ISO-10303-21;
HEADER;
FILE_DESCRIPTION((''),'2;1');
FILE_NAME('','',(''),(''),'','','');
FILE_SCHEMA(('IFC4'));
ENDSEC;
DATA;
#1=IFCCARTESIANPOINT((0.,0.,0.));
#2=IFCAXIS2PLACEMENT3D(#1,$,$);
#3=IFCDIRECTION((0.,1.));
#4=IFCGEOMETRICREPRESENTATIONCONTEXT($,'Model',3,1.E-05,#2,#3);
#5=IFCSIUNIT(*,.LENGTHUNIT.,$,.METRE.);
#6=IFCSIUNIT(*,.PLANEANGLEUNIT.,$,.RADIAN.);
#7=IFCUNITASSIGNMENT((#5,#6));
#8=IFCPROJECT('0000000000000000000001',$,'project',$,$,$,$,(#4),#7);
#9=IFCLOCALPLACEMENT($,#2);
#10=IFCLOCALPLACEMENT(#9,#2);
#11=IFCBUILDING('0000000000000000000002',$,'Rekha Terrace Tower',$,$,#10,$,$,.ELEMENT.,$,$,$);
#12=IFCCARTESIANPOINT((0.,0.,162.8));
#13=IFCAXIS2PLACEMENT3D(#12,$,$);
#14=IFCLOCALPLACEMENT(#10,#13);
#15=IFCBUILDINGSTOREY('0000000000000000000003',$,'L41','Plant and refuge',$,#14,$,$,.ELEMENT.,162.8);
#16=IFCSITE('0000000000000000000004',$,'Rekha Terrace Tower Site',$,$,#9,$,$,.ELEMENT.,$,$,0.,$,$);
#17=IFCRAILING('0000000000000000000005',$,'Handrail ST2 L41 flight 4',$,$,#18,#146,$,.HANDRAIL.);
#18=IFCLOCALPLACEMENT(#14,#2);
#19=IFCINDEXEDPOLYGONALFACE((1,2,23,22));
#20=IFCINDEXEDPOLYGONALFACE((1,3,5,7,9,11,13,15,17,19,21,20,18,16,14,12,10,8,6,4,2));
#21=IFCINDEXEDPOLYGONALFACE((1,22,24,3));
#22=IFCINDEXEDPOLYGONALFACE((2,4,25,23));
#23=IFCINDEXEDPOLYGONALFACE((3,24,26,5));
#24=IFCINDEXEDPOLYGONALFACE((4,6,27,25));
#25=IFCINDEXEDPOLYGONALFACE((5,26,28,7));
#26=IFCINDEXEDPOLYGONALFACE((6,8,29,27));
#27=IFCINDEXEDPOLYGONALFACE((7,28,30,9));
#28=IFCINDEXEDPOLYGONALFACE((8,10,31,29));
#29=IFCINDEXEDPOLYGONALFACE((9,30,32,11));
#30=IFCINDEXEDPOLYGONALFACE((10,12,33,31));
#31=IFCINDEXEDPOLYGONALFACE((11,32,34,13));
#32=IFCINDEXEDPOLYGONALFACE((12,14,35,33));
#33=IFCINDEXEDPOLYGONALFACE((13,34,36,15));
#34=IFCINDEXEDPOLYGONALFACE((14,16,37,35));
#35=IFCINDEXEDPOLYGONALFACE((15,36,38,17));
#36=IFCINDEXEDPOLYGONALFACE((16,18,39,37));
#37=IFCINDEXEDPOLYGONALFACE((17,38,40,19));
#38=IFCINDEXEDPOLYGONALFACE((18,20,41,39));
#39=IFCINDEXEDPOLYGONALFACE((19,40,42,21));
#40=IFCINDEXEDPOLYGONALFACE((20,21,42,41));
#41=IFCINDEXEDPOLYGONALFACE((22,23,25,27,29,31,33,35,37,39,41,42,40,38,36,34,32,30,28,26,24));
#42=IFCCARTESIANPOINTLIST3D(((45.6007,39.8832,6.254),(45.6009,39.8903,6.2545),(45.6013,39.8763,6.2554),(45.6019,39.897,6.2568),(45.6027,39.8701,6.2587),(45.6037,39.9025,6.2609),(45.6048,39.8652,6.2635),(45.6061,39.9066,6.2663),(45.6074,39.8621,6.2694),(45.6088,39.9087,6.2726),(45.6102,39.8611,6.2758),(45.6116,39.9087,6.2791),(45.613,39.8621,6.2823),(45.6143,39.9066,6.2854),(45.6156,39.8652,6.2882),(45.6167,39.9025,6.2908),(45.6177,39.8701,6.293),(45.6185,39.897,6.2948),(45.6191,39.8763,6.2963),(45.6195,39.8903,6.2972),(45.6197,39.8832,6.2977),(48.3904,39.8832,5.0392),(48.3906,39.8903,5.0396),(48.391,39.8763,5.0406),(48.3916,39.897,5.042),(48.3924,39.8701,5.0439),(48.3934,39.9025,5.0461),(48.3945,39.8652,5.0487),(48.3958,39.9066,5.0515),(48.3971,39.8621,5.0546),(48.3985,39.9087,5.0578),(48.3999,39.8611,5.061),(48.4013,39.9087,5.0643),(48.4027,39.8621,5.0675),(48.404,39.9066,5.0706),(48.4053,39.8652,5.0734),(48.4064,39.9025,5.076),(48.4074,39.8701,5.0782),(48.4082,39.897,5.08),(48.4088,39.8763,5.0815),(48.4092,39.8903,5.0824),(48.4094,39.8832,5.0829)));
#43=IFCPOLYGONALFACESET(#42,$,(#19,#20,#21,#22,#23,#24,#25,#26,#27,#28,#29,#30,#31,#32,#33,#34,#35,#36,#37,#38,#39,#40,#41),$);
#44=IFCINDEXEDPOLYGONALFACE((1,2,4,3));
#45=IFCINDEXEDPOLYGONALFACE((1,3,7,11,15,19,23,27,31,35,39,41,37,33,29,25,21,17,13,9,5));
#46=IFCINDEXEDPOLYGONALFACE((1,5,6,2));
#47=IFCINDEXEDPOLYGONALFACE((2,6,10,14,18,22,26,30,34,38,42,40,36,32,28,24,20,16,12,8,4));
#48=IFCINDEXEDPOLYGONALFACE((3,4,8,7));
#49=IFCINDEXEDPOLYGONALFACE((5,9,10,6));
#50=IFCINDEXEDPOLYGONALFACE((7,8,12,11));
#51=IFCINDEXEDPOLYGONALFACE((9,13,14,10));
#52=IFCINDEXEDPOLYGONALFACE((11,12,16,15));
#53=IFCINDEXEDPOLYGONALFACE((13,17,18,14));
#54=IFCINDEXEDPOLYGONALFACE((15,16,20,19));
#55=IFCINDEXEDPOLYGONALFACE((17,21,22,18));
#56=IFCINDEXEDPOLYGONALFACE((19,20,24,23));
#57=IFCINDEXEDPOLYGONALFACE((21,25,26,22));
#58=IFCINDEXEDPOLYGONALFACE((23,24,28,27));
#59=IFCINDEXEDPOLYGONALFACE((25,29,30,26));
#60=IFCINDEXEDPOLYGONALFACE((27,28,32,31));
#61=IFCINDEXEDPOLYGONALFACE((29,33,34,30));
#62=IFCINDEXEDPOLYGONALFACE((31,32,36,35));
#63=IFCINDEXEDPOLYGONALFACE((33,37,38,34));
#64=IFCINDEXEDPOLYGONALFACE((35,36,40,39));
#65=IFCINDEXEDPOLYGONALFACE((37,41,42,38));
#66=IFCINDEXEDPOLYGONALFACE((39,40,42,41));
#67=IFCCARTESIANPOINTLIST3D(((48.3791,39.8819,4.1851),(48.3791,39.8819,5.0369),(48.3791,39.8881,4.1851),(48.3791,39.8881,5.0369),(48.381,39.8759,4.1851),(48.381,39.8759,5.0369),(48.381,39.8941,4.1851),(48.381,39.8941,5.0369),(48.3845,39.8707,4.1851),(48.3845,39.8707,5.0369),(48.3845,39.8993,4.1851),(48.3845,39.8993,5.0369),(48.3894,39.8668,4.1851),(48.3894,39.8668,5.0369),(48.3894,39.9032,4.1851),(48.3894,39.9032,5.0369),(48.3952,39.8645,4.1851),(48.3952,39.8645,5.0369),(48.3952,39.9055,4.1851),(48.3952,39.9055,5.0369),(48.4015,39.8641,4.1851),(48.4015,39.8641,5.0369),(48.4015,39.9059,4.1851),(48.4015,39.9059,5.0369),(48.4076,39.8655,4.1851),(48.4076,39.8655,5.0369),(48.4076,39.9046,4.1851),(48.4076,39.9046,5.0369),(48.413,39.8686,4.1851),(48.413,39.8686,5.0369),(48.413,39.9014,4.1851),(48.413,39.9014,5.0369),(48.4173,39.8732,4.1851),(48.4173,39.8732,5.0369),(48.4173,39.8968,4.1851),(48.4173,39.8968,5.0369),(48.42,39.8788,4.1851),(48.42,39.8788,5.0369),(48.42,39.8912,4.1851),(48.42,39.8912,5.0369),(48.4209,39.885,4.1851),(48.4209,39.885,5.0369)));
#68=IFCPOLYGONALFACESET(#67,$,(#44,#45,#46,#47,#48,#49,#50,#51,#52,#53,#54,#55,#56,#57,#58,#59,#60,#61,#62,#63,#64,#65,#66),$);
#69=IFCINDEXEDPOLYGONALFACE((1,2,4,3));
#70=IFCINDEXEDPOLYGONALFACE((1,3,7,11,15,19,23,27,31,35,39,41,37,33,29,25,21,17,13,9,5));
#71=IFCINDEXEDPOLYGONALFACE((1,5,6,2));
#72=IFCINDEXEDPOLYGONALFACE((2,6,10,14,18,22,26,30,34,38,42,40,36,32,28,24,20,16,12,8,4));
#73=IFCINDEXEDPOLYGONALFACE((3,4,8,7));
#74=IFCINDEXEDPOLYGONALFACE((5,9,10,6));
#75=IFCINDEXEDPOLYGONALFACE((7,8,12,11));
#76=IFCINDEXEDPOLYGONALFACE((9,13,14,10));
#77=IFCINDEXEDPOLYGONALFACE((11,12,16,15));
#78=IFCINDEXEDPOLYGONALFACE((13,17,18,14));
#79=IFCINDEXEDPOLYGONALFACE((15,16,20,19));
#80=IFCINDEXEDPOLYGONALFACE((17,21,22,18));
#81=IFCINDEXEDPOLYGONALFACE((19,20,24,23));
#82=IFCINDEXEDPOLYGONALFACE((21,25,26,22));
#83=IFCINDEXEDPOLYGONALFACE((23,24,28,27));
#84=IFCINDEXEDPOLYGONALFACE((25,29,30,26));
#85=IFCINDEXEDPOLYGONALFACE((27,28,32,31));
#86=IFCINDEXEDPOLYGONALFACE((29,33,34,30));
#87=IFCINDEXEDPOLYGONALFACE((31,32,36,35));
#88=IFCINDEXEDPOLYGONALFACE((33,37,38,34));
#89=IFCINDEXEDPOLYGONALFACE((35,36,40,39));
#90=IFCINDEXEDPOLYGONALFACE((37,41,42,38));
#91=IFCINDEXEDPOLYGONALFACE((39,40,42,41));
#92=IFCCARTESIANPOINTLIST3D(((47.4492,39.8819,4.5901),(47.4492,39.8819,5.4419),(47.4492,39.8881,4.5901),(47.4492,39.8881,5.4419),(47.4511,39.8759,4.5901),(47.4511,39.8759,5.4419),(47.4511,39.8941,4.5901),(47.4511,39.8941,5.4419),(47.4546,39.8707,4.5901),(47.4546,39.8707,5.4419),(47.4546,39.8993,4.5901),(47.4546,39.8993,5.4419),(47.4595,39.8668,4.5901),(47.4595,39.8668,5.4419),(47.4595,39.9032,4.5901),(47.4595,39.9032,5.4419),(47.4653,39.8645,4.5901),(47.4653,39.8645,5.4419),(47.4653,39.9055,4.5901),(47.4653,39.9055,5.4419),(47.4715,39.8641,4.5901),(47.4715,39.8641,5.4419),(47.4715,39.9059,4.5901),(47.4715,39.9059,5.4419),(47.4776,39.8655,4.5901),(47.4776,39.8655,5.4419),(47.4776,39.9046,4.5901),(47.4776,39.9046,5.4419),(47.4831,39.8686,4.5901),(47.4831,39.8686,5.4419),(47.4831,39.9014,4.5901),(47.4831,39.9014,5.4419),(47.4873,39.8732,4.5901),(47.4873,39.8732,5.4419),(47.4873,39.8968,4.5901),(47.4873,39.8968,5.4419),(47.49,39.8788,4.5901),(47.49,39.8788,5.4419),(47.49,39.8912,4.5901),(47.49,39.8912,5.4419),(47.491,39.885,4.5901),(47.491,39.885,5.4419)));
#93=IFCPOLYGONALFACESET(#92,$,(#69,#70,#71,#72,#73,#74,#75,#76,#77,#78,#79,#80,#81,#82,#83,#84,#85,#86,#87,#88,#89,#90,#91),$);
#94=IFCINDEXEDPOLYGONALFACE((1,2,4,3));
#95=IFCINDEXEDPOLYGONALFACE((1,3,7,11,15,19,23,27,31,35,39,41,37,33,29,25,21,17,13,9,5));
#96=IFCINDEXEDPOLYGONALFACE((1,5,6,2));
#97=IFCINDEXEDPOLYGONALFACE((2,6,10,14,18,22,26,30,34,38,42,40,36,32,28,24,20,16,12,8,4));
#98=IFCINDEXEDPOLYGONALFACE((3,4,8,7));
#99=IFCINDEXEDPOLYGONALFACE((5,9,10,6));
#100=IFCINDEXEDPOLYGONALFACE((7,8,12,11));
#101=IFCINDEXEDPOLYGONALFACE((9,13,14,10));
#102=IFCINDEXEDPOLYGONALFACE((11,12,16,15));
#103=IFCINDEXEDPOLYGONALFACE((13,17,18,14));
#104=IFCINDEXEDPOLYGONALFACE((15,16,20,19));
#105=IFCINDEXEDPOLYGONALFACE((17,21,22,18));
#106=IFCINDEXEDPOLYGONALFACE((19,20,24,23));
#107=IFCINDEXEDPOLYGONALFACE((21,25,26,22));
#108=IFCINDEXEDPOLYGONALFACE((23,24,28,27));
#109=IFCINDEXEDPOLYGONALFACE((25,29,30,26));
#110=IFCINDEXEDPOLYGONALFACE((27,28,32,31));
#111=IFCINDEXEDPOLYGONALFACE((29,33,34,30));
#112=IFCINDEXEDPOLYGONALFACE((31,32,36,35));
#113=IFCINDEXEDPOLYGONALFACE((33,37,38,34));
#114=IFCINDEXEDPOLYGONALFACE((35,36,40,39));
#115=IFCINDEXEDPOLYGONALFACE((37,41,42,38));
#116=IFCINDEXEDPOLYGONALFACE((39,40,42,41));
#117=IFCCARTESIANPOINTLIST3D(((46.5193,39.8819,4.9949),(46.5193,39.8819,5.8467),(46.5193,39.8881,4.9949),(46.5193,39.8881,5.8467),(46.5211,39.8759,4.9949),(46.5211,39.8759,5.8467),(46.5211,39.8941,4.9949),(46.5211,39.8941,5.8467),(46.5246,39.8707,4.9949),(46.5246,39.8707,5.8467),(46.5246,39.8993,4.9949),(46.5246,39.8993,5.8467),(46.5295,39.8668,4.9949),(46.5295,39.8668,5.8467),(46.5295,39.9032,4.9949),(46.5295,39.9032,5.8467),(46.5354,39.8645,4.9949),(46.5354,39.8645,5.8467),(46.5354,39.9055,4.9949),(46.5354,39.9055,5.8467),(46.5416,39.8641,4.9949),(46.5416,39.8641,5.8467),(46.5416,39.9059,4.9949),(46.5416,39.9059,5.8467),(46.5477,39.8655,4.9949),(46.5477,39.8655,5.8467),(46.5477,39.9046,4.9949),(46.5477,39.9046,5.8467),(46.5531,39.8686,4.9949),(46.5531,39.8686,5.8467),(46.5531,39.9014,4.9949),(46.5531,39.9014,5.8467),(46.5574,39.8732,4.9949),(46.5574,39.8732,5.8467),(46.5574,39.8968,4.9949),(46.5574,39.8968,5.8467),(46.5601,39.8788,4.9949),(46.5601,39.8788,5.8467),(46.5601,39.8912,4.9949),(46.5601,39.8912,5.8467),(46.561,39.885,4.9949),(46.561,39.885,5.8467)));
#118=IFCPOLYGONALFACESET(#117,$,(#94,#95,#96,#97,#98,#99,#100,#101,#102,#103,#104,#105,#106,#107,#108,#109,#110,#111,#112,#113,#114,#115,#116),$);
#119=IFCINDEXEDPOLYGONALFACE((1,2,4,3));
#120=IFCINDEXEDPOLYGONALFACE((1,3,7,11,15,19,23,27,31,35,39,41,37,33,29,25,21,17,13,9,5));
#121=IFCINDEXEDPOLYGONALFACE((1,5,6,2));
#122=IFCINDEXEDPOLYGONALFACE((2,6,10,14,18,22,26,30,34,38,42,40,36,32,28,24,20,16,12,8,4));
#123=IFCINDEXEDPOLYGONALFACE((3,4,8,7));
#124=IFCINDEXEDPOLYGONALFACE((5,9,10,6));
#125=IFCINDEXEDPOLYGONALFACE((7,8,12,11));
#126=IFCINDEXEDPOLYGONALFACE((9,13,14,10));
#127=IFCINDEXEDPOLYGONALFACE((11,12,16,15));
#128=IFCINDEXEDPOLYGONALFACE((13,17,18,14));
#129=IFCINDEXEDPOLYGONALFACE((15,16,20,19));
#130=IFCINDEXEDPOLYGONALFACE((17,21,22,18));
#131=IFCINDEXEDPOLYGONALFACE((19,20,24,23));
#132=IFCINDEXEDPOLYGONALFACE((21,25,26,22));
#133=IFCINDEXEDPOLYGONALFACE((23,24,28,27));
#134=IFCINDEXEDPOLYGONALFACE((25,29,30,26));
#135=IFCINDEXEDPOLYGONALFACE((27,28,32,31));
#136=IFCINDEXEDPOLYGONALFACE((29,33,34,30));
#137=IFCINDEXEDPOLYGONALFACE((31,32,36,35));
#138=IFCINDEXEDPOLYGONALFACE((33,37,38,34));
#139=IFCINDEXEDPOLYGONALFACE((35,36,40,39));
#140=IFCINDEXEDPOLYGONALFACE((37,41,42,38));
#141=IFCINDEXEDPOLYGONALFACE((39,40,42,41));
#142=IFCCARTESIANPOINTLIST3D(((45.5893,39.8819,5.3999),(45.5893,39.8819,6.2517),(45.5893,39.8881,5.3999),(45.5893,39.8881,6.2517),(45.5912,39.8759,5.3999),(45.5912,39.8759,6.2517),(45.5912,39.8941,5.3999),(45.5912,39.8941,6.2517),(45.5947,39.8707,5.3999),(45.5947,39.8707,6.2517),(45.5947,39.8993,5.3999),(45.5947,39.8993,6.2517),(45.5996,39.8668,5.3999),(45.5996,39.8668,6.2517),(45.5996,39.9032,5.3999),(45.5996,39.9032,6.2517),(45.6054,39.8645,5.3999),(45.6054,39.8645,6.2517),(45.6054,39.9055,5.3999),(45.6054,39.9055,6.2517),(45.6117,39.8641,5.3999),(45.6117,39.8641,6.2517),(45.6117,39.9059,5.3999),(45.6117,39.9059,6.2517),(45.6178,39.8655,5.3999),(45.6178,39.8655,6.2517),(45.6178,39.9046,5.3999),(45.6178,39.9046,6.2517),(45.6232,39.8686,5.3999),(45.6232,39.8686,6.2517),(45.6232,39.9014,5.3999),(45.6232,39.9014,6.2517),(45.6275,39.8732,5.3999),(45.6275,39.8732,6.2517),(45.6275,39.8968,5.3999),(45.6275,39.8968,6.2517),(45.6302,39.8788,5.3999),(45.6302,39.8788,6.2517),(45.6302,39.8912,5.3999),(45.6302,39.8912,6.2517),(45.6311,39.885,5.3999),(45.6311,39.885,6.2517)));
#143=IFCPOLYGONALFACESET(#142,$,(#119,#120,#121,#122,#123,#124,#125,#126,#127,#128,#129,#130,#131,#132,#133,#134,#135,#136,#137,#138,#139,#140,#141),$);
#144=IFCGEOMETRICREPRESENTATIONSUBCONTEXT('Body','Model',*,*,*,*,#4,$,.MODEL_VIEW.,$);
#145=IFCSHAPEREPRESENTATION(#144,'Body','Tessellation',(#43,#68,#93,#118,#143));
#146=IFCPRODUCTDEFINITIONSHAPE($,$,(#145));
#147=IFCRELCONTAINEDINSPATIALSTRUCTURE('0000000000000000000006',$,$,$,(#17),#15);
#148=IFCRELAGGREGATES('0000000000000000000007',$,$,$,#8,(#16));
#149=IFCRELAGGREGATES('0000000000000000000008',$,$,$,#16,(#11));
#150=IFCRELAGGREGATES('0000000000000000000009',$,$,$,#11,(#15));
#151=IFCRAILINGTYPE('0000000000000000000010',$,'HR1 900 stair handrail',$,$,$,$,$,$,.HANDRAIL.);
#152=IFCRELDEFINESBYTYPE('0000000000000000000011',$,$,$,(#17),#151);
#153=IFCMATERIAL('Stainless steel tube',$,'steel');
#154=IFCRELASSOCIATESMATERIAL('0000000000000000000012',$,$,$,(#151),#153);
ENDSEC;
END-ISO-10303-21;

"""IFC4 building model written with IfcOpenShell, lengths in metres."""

from ifc_helpers import new_model, si_unit, direction, frame, origin, origin_2d, place, context, subcontext, project, spatial, circle, extrude, material, type_object, element, save


model = new_model("IFC4")

# Units and contexts
model_context = context("Model", 3, precision=1e-05, world=origin(), true_north=direction((0.0, 1.0)))
body_context = subcontext(model_context, "Body", "Model", "MODEL_VIEW")
ifc_project = project(units=[si_unit("LENGTHUNIT", "METRE"), si_unit("PLANEANGLEUNIT", "RADIAN")], contexts=[model_context])

# Site, building, storey
site_placement = place(None, origin())
site = spatial("IfcSite", under=ifc_project, at=site_placement, Name="Rekha Terrace Tower Site", CompositionType="ELEMENT", RefElevation=0.0)
building_placement = place(site_placement, origin())
building = spatial("IfcBuilding", under=site, at=building_placement, Name="Rekha Terrace Tower", CompositionType="ELEMENT")
storey_placement = place(building_placement, frame((0.0, 0.0, 162.8)))
storey = spatial("IfcBuildingStorey", under=building, at=storey_placement, Name="L41", Description="Plant and refuge", CompositionType="ELEMENT", Elevation=162.8)

# Railing
ifc_material_1 = material(Name="Stainless steel tube", Category="steel")
railing_type_1 = type_object("IfcRailingType", Name="HR1 900 stair handrail", PredefinedType="HANDRAIL", material=ifc_material_1)
railing_1_placement = place(storey_placement, frame((48.3999, 39.885, 4.1851)))
element("IfcRailing", 1, at=railing_1_placement, inside=storey, type_object=railing_type_1, Name="Handrail ST2 L41 flight 4", PredefinedType="HANDRAIL", context=body_context, shape_type="SweptSolid", body=[
    extrude(circle(Radius=0.0239, at=origin_2d()), frame((0.0, 0.0, 0.876), z_axis=(-0.916843, 0.0, 0.399248), x_axis=(0.0, -1.0, 0.0)), (0.0, 0.0, 1.0), 3.0427),
    extrude(circle(Radius=0.021, at=origin_2d()), origin(), (0.0, 0.0, 1.0), 0.8518),
    extrude(circle(Radius=0.021, at=origin_2d()), frame((-0.9299, 0.0, 0.405)), (0.0, 0.0, 1.0), 0.8518),
    extrude(circle(Radius=0.021, at=origin_2d()), frame((-1.8599, 0.0, 0.8098)), (0.0, 0.0, 1.0), 0.8518),
    extrude(circle(Radius=0.021, at=origin_2d()), frame((-2.7898, 0.0, 1.2148)), (0.0, 0.0, 1.0), 0.8518),
])

save(model, "model.ifc")
